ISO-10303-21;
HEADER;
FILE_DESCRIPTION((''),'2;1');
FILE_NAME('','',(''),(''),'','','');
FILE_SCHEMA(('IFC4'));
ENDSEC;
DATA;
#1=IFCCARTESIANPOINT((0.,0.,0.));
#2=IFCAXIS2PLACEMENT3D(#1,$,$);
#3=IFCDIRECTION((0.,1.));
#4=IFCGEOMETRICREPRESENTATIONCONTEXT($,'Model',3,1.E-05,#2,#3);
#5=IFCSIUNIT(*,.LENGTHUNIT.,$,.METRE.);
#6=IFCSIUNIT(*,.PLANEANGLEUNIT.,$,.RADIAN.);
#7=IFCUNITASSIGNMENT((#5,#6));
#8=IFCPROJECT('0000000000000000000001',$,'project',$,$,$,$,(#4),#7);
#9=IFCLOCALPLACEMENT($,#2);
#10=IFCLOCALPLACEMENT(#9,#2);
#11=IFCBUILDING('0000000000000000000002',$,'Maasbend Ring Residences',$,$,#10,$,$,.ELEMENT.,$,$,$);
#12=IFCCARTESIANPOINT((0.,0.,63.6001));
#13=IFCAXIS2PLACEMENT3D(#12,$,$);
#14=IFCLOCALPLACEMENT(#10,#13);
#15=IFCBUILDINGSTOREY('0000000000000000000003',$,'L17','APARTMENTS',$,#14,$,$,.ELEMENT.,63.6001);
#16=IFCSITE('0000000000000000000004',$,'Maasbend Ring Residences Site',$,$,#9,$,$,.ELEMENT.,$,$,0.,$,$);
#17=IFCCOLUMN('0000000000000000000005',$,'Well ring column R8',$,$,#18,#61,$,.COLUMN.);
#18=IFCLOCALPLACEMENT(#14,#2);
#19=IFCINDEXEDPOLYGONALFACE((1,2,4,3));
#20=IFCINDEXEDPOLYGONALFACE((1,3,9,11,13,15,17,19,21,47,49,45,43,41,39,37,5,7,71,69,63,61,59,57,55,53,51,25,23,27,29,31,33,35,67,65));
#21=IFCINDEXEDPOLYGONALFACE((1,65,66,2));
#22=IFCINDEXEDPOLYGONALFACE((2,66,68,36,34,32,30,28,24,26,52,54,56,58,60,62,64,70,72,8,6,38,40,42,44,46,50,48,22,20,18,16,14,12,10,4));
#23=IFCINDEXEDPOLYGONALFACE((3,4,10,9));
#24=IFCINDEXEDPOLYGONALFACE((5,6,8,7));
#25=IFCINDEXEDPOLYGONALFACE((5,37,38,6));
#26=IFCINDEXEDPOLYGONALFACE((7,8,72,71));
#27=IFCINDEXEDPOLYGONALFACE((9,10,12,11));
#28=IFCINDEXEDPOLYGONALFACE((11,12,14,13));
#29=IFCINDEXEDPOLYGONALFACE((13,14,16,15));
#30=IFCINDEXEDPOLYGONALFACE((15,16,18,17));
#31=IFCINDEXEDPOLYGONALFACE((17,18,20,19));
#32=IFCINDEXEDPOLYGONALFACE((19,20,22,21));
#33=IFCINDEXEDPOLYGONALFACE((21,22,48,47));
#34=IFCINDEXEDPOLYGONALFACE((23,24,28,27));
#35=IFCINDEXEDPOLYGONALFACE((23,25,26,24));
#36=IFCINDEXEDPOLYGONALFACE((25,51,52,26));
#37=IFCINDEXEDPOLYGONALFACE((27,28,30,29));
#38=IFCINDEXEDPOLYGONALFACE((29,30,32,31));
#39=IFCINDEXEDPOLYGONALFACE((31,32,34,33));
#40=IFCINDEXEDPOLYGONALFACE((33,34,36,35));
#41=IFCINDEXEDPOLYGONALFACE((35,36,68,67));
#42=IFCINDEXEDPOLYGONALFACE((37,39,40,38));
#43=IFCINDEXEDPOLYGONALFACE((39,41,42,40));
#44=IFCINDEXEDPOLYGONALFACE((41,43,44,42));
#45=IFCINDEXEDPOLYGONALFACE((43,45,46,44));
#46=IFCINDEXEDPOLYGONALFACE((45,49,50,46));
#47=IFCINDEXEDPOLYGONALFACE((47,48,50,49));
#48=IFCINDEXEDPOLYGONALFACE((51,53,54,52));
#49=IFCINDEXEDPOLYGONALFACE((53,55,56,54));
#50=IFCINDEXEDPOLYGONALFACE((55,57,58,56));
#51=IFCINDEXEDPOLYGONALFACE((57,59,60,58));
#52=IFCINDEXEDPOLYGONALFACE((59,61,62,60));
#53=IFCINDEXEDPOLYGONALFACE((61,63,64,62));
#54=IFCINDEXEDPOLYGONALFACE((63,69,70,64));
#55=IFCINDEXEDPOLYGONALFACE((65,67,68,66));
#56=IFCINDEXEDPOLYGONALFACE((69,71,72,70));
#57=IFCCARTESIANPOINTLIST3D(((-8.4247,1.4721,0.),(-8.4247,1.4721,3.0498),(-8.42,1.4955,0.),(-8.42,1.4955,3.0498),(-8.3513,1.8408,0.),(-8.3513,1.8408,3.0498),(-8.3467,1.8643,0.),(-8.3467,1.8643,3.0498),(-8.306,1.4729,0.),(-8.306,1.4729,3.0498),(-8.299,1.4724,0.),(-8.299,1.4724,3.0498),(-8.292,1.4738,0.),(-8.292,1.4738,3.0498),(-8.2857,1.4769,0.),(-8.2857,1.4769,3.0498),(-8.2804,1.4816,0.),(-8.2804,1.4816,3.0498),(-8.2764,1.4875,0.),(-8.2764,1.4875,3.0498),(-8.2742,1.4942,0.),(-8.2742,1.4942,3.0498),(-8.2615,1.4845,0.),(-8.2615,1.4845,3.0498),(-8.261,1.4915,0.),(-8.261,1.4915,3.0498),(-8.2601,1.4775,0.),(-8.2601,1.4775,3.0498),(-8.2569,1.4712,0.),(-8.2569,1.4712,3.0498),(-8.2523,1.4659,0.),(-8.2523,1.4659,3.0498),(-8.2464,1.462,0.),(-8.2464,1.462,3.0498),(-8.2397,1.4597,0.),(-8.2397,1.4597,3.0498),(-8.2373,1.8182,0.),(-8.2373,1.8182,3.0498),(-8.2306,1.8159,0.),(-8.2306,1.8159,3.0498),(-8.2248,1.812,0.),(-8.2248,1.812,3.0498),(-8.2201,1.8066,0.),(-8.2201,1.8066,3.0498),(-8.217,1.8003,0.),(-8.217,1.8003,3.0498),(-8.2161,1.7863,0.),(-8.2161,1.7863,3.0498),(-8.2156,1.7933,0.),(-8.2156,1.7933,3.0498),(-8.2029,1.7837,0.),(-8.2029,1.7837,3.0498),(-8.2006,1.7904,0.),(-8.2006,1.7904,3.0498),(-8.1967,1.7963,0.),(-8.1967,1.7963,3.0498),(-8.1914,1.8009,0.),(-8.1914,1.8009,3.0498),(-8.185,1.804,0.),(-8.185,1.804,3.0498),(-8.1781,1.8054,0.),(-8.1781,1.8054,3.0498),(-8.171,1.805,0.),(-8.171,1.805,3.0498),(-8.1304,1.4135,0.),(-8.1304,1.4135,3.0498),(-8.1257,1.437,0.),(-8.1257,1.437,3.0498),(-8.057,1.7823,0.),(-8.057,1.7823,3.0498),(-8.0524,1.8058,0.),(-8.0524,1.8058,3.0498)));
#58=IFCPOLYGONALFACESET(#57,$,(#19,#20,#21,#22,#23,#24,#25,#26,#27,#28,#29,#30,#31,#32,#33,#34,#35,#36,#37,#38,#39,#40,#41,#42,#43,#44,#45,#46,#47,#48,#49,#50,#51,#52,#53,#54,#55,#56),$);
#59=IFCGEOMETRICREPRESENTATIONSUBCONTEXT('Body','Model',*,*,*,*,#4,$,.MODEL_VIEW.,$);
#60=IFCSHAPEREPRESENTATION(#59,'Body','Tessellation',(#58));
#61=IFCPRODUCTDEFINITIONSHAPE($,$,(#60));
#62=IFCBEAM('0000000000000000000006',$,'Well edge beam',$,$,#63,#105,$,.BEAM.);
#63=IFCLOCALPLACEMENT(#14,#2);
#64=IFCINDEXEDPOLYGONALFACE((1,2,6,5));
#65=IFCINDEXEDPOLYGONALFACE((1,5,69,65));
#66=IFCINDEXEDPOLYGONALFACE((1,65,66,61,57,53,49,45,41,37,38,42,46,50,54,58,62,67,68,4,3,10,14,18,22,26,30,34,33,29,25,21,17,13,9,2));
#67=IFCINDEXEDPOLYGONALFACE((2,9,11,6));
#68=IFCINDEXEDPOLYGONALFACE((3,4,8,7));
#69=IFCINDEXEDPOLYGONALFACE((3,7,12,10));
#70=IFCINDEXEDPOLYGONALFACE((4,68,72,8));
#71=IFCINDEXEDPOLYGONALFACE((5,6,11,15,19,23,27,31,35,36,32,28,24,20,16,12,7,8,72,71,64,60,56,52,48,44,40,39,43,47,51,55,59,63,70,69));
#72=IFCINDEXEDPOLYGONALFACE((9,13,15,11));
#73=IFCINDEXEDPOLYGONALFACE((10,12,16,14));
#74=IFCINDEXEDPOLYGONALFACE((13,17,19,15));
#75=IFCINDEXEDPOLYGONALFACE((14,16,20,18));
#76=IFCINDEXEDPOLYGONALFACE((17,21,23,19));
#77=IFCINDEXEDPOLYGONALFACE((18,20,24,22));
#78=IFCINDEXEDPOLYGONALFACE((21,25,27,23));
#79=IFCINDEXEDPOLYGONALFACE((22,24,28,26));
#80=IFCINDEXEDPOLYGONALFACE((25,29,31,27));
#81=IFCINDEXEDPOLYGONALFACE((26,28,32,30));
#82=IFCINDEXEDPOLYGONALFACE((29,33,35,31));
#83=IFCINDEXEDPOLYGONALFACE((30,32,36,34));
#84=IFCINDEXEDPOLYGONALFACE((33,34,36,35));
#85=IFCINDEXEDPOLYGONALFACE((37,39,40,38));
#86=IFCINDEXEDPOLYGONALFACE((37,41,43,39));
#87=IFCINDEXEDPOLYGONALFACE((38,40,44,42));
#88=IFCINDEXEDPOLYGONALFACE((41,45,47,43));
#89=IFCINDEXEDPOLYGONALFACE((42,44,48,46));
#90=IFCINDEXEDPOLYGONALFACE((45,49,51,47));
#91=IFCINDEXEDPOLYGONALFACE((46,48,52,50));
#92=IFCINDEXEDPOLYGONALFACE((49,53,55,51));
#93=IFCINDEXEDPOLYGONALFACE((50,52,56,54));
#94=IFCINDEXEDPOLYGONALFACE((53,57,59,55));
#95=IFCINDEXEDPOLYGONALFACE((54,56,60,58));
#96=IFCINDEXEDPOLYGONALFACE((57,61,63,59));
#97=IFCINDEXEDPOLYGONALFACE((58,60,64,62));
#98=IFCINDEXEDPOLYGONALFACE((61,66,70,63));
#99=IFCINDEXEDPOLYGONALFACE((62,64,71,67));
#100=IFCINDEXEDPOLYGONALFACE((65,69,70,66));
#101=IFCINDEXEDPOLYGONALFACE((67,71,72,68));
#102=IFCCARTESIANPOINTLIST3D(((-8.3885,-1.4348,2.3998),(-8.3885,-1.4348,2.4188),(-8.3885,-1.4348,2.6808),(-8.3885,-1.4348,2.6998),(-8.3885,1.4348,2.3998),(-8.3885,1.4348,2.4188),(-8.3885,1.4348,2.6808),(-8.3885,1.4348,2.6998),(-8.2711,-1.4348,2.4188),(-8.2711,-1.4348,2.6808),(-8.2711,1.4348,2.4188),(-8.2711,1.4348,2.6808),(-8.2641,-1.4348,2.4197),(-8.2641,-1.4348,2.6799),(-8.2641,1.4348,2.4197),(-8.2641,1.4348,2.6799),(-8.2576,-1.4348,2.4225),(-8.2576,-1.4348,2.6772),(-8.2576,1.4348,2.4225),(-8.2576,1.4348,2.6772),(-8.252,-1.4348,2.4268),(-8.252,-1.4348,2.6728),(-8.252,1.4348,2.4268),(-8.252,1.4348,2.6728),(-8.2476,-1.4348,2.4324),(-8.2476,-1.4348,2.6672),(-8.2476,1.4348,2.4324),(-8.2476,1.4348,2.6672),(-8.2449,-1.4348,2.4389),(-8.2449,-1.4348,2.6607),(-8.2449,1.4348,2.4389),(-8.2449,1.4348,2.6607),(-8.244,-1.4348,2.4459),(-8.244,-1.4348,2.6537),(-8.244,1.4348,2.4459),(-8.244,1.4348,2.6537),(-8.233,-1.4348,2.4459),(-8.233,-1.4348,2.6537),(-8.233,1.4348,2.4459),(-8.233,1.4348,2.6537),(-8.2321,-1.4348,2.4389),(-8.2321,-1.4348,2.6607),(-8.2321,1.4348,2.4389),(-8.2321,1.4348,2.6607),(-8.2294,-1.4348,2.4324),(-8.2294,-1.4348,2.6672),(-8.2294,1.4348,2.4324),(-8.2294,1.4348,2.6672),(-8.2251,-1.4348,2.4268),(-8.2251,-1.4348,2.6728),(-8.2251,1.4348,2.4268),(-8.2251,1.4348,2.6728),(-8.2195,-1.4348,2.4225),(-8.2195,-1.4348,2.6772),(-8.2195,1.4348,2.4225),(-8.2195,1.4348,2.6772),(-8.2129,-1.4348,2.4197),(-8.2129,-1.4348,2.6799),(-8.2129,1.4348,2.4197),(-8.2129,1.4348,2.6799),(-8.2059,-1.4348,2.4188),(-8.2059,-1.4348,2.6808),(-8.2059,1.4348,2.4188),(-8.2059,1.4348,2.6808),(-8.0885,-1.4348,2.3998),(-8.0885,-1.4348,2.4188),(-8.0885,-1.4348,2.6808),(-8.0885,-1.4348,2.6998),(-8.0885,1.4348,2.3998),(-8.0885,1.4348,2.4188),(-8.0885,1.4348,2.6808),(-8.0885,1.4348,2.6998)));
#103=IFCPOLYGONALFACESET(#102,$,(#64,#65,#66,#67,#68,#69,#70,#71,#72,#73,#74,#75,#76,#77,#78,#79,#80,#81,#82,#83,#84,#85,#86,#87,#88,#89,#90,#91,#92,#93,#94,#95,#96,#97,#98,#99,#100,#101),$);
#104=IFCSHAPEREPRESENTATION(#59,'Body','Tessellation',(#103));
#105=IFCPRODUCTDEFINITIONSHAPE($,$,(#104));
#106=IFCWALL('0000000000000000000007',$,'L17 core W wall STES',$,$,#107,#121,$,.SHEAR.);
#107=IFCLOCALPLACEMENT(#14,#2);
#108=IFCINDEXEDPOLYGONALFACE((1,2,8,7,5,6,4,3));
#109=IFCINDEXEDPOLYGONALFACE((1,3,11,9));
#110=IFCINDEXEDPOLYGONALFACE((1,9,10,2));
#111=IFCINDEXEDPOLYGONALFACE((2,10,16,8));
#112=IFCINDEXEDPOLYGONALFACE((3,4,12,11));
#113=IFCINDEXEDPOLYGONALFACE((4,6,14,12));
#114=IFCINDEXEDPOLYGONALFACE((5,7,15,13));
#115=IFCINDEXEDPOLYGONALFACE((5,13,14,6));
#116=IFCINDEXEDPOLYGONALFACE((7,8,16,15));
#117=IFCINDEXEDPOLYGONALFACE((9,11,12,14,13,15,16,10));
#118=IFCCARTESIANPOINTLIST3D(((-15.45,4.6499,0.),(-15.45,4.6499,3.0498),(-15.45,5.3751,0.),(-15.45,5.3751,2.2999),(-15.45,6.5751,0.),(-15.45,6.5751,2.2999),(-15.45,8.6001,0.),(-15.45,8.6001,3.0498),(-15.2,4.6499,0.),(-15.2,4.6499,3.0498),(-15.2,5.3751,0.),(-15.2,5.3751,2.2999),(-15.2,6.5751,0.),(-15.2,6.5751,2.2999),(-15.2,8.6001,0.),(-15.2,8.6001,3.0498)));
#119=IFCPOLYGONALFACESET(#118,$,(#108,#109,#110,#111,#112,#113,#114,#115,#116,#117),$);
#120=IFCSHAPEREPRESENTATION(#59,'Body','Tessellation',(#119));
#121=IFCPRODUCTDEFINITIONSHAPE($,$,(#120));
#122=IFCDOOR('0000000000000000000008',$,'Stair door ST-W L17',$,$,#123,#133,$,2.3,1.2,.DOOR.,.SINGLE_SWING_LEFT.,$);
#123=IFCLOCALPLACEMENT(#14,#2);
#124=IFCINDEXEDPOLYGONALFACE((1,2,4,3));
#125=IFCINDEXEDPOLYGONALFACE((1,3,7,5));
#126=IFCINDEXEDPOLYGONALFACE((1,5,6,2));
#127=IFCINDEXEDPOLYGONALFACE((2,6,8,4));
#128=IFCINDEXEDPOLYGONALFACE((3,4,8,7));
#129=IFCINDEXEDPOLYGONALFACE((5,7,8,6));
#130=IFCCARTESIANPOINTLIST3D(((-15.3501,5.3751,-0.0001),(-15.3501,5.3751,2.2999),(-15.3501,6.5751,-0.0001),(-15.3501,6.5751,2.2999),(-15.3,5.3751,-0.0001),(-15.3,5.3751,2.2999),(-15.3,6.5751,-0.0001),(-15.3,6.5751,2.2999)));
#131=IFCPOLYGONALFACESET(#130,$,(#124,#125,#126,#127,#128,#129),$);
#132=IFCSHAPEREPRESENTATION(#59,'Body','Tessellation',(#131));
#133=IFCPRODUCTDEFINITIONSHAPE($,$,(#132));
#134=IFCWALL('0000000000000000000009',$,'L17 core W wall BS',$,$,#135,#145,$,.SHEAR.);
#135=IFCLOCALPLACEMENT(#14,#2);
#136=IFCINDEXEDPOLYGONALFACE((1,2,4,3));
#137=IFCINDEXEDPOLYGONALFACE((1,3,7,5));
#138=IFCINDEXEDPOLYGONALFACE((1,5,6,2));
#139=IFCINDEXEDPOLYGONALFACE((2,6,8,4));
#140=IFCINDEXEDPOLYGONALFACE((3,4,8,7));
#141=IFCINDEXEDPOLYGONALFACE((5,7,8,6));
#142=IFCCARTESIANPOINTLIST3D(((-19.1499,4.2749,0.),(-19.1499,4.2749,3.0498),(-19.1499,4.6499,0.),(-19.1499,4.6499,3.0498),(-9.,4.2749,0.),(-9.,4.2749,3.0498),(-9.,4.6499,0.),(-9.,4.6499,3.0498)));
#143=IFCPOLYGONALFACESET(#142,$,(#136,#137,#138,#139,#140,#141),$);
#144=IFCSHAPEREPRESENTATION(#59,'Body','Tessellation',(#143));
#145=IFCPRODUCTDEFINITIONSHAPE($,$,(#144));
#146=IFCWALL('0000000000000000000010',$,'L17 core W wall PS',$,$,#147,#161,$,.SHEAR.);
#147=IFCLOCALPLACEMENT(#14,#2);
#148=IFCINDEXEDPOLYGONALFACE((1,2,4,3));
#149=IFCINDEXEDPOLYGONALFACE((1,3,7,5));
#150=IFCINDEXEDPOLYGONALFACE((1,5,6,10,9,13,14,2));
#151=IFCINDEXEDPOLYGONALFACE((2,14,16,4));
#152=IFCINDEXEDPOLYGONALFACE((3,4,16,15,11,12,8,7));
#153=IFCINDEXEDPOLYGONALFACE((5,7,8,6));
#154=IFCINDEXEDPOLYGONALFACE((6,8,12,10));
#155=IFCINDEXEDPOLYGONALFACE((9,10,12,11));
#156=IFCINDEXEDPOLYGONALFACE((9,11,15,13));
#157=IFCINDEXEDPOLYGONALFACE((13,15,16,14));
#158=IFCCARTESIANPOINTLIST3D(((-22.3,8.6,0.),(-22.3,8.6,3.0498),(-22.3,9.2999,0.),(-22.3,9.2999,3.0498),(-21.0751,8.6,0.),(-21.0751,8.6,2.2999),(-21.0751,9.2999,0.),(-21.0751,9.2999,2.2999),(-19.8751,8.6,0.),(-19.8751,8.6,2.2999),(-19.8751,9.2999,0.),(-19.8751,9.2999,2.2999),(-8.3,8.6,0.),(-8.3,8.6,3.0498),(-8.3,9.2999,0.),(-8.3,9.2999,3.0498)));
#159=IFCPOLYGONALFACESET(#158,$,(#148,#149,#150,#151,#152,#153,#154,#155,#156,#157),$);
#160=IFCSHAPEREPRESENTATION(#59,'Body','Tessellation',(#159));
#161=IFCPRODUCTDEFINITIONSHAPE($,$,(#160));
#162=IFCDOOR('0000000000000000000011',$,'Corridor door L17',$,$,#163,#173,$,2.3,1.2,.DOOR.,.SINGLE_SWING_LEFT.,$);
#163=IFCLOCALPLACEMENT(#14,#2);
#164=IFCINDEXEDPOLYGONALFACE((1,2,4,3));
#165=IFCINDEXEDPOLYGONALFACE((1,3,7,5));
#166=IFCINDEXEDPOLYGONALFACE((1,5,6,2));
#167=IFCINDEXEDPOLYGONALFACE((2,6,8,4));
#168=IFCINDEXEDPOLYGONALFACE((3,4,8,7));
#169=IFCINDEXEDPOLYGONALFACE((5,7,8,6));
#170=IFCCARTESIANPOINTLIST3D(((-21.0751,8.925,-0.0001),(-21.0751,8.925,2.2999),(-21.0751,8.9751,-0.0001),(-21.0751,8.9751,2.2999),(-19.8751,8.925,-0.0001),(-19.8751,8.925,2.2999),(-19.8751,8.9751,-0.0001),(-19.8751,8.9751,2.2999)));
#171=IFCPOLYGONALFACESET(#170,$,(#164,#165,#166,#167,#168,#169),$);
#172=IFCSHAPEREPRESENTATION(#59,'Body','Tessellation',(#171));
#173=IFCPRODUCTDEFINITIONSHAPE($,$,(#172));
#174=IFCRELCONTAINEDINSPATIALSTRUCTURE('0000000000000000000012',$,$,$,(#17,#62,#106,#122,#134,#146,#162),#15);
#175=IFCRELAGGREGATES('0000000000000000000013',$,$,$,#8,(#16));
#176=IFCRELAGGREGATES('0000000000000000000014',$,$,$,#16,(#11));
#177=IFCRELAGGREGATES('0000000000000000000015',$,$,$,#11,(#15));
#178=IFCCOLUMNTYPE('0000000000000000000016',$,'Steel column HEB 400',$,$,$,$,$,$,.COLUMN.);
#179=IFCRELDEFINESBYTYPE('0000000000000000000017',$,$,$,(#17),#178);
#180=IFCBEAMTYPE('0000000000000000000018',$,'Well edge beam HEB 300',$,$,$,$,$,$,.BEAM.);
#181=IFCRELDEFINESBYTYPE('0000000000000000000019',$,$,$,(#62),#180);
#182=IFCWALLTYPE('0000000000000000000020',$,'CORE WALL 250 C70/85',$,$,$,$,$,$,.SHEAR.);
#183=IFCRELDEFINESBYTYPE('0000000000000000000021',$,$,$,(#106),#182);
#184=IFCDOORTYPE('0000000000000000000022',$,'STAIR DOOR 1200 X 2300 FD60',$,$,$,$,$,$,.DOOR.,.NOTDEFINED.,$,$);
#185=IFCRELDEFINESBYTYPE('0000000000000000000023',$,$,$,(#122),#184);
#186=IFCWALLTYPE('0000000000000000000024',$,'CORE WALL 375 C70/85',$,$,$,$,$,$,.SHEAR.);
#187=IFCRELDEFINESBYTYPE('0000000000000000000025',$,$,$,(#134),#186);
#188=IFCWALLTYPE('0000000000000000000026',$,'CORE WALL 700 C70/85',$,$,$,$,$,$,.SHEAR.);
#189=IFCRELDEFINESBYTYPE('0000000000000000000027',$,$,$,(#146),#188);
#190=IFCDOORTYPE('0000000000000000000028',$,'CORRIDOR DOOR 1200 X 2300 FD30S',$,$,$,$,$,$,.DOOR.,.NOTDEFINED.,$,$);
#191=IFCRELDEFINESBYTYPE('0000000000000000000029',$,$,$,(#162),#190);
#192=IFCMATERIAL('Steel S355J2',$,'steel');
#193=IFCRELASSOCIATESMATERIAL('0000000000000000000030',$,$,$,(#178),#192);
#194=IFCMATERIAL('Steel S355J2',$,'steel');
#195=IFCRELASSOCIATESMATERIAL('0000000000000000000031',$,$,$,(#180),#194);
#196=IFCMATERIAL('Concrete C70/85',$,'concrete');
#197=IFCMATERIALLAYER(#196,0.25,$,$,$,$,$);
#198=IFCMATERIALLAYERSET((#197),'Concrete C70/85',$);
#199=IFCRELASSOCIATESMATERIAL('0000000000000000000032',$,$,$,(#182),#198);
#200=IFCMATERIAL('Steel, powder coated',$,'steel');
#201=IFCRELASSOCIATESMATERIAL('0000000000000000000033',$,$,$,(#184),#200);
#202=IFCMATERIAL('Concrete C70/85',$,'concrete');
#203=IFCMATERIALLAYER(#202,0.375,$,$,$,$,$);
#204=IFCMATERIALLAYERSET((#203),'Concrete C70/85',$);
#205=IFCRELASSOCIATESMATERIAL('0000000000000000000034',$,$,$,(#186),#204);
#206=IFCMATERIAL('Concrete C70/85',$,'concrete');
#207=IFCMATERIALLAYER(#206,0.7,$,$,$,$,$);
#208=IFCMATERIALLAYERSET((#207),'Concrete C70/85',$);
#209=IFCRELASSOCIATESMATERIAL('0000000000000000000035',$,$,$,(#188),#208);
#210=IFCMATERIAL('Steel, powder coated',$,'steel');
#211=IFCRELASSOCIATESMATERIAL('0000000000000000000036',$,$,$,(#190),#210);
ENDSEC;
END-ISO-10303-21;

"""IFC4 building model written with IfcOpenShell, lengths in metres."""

from ifc_helpers import new_model, si_unit, direction, frame, frame_2d, origin, origin_2d, place, context, subcontext, project, spatial, rectangle, i_section, extrude, material, layer, layer_set, material_profile, profile_set, type_object, element, fill, save


model = new_model("IFC4")

# Units and contexts
model_context = context("Model", 3, precision=1e-05, world=origin(), true_north=direction((0.0, 1.0)))
body_context = subcontext(model_context, "Body", "Model", "MODEL_VIEW")
ifc_project = project(units=[si_unit("LENGTHUNIT", "METRE"), si_unit("PLANEANGLEUNIT", "RADIAN")], contexts=[model_context])

# Site, building, storey
site_placement = place(None, origin())
site = spatial("IfcSite", under=ifc_project, at=site_placement, Name="Maasbend Ring Residences Site", CompositionType="ELEMENT", RefElevation=0.0)
building_placement = place(site_placement, origin())
building = spatial("IfcBuilding", under=site, at=building_placement, Name="Maasbend Ring Residences", CompositionType="ELEMENT")
storey_placement = place(building_placement, frame((0.0, 0.0, 63.6001)))
storey = spatial("IfcBuildingStorey", under=building, at=storey_placement, Name="L17", Description="APARTMENTS", CompositionType="ELEMENT", Elevation=63.6001)

# Column
ifc_material_1 = material(Name="Steel S355J2", Category="steel")
ifc_material_profile_1 = material_profile(ifc_material_1, i_section(OverallWidth=0.3, OverallDepth=0.3999, WebThickness=0.0134, FlangeThickness=0.0239, FilletRadius=0.0271, at=origin_2d()), Name="HEB 400")
ifc_profile_set_1 = profile_set([ifc_material_profile_1], Name="Steel S355J2")
column_type = type_object("IfcColumnType", Name="Steel column HEB 400", PredefinedType="COLUMN", material=ifc_profile_set_1)
column_placement = place(storey_placement, frame((-8.2385, 1.6389, 0.0), z_axis=(0.0, 0.0, 1.0), x_axis=(-0.980785, 0.19509, 0.0)))
element("IfcColumn", 1, at=column_placement, inside=storey, type_object=column_type, Name="Well ring column R8", PredefinedType="COLUMN", context=body_context, shape_type="SweptSolid", body=[
    extrude(i_section(OverallWidth=0.3, OverallDepth=0.3999, WebThickness=0.0134, FlangeThickness=0.0239, FilletRadius=0.0271, at=origin_2d()), origin(), (0.0, 0.0, 1.0), 3.0498),
])

# Beam
ifc_material_2 = material(Name="Steel S355J2", Category="steel")
ifc_material_profile_2 = material_profile(ifc_material_2, i_section(OverallWidth=0.3, OverallDepth=0.3, WebThickness=0.011, FlangeThickness=0.019, FilletRadius=0.0271, at=origin_2d()), Name="HEB 300")
ifc_profile_set_2 = profile_set([ifc_material_profile_2], Name="Steel S355J2")
beam_type = type_object("IfcBeamType", Name="Well edge beam HEB 300", PredefinedType="BEAM", material=ifc_profile_set_2)
beam_placement = place(storey_placement, frame((-8.2385, 1.4348, 2.5498), z_axis=(0.0, -1.0, 0.0), x_axis=(1.0, 0.0, 0.0)))
element("IfcBeam", 2, at=beam_placement, inside=storey, type_object=beam_type, Name="Well edge beam", PredefinedType="BEAM", context=body_context, shape_type="SweptSolid", body=[
    extrude(i_section(OverallWidth=0.3, OverallDepth=0.3, WebThickness=0.011, FlangeThickness=0.019, FilletRadius=0.0271, at=origin_2d()), origin(), (0.0, 0.0, 1.0), 2.8696),
])

# Wall, opening, door
ifc_material_3 = material(Name="Concrete C70/85", Category="concrete")
ifc_layer_1 = layer(ifc_material_3, 0.25)
ifc_layer_set_1 = layer_set([ifc_layer_1], Name="Concrete C70/85")
wall_type_1 = type_object("IfcWallType", Name="CORE WALL 250 C70/85", PredefinedType="SHEAR", material=ifc_layer_set_1)
wall_1_placement = place(storey_placement, frame((-15.325, 8.6001, 0.0), z_axis=(0.0, 0.0, 1.0), x_axis=(0.0, -1.0, 0.0)))
wall_1 = element("IfcWall", 3, at=wall_1_placement, inside=storey, type_object=wall_type_1, Name="L17 core W wall STES", PredefinedType="SHEAR", context=body_context, shape_type="SweptSolid", body=[
    extrude(rectangle(XDim=3.9502, YDim=0.25, at=frame_2d((1.9751, 0.0))), origin(), (0.0, 0.0, 1.0), 3.0498),
])
opening_1_placement = place(wall_1_placement, frame((2.0249, 0.0, 0.0)))
opening_1 = element("IfcOpeningElement", 4, at=opening_1_placement, cuts=wall_1, PredefinedType="OPENING", context=body_context, shape_type="SweptSolid", body=[
    extrude(rectangle(XDim=1.2, YDim=2.3, at=frame_2d((0.6001, 1.1499))), frame((0.0, 0.135, 0.0), z_axis=(0.0, -1.0, 0.0), x_axis=(1.0, 0.0, 0.0)), (0.0, 0.0, 1.0), 0.27),
])
ifc_material_4 = material(Name="Steel, powder coated", Category="steel")
door_type_1 = type_object("IfcDoorType", Name="STAIR DOOR 1200 X 2300 FD60", OperationType="NOTDEFINED", PredefinedType="DOOR", material=ifc_material_4)
door_1_placement = place(opening_1_placement, origin())
door_1 = element("IfcDoor", 5, at=door_1_placement, inside=storey, type_object=door_type_1, Name="Stair door ST-W L17", OperationType="SINGLE_SWING_LEFT", OverallHeight=2.3, OverallWidth=1.2, PredefinedType="DOOR", context=body_context, shape_type="SweptSolid", body=[
    extrude(rectangle(XDim=1.2, YDim=2.3, at=frame_2d((0.6001, 1.1499))), frame((0.0, 0.0249, 0.0), z_axis=(0.0, -1.0, 0.0), x_axis=(1.0, 0.0, 0.0)), (0.0, 0.0, 1.0), 0.05),
])
fill(opening_1, door_1)

# Wall
ifc_material_5 = material(Name="Concrete C70/85", Category="concrete")
ifc_layer_2 = layer(ifc_material_5, 0.375)
ifc_layer_set_2 = layer_set([ifc_layer_2], Name="Concrete C70/85")
wall_type_2 = type_object("IfcWallType", Name="CORE WALL 375 C70/85", PredefinedType="SHEAR", material=ifc_layer_set_2)
wall_2_placement = place(storey_placement, frame((-9.0, 4.4624, 0.0), z_axis=(0.0, 0.0, 1.0), x_axis=(-1.0, 0.0, 0.0)))
element("IfcWall", 6, at=wall_2_placement, inside=storey, type_object=wall_type_2, Name="L17 core W wall BS", PredefinedType="SHEAR", context=body_context, shape_type="SweptSolid", body=[
    extrude(rectangle(XDim=10.1499, YDim=0.375, at=frame_2d((5.075, 0.0))), origin(), (0.0, 0.0, 1.0), 3.0498),
])

# Wall, opening, door
ifc_material_6 = material(Name="Concrete C70/85", Category="concrete")
ifc_layer_3 = layer(ifc_material_6, 0.7)
ifc_layer_set_3 = layer_set([ifc_layer_3], Name="Concrete C70/85")
wall_type_3 = type_object("IfcWallType", Name="CORE WALL 700 C70/85", PredefinedType="SHEAR", material=ifc_layer_set_3)
wall_3_placement = place(storey_placement, frame((-8.3, 8.95, 0.0), z_axis=(0.0, 0.0, 1.0), x_axis=(-1.0, 0.0, 0.0)))
wall_3 = element("IfcWall", 7, at=wall_3_placement, inside=storey, type_object=wall_type_3, Name="L17 core W wall PS", PredefinedType="SHEAR", context=body_context, shape_type="SweptSolid", body=[
    extrude(rectangle(XDim=14.0, YDim=0.7, at=frame_2d((7.0, 0.0))), origin(), (0.0, 0.0, 1.0), 3.0498),
])
opening_2_placement = place(wall_3_placement, frame((11.575, 0.0, 0.0)))
opening_2 = element("IfcOpeningElement", 8, at=opening_2_placement, cuts=wall_3, PredefinedType="OPENING", context=body_context, shape_type="SweptSolid", body=[
    extrude(rectangle(XDim=1.2, YDim=2.3, at=frame_2d((0.6001, 1.1499))), frame((0.0, 0.3599, 0.0), z_axis=(0.0, -1.0, 0.0), x_axis=(1.0, 0.0, 0.0)), (0.0, 0.0, 1.0), 0.72),
])
ifc_material_7 = material(Name="Steel, powder coated", Category="steel")
door_type_2 = type_object("IfcDoorType", Name="CORRIDOR DOOR 1200 X 2300 FD30S", OperationType="NOTDEFINED", PredefinedType="DOOR", material=ifc_material_7)
door_2_placement = place(opening_2_placement, origin())
door_2 = element("IfcDoor", 9, at=door_2_placement, inside=storey, type_object=door_type_2, Name="Corridor door L17", OperationType="SINGLE_SWING_LEFT", OverallHeight=2.3, OverallWidth=1.2, PredefinedType="DOOR", context=body_context, shape_type="SweptSolid", body=[
    extrude(rectangle(XDim=1.2, YDim=2.3, at=frame_2d((0.6001, 1.1499))), frame((0.0, 0.0249, 0.0), z_axis=(0.0, -1.0, 0.0), x_axis=(1.0, 0.0, 0.0)), (0.0, 0.0, 1.0), 0.05),
])
fill(opening_2, door_2)

save(model, "model.ifc")
